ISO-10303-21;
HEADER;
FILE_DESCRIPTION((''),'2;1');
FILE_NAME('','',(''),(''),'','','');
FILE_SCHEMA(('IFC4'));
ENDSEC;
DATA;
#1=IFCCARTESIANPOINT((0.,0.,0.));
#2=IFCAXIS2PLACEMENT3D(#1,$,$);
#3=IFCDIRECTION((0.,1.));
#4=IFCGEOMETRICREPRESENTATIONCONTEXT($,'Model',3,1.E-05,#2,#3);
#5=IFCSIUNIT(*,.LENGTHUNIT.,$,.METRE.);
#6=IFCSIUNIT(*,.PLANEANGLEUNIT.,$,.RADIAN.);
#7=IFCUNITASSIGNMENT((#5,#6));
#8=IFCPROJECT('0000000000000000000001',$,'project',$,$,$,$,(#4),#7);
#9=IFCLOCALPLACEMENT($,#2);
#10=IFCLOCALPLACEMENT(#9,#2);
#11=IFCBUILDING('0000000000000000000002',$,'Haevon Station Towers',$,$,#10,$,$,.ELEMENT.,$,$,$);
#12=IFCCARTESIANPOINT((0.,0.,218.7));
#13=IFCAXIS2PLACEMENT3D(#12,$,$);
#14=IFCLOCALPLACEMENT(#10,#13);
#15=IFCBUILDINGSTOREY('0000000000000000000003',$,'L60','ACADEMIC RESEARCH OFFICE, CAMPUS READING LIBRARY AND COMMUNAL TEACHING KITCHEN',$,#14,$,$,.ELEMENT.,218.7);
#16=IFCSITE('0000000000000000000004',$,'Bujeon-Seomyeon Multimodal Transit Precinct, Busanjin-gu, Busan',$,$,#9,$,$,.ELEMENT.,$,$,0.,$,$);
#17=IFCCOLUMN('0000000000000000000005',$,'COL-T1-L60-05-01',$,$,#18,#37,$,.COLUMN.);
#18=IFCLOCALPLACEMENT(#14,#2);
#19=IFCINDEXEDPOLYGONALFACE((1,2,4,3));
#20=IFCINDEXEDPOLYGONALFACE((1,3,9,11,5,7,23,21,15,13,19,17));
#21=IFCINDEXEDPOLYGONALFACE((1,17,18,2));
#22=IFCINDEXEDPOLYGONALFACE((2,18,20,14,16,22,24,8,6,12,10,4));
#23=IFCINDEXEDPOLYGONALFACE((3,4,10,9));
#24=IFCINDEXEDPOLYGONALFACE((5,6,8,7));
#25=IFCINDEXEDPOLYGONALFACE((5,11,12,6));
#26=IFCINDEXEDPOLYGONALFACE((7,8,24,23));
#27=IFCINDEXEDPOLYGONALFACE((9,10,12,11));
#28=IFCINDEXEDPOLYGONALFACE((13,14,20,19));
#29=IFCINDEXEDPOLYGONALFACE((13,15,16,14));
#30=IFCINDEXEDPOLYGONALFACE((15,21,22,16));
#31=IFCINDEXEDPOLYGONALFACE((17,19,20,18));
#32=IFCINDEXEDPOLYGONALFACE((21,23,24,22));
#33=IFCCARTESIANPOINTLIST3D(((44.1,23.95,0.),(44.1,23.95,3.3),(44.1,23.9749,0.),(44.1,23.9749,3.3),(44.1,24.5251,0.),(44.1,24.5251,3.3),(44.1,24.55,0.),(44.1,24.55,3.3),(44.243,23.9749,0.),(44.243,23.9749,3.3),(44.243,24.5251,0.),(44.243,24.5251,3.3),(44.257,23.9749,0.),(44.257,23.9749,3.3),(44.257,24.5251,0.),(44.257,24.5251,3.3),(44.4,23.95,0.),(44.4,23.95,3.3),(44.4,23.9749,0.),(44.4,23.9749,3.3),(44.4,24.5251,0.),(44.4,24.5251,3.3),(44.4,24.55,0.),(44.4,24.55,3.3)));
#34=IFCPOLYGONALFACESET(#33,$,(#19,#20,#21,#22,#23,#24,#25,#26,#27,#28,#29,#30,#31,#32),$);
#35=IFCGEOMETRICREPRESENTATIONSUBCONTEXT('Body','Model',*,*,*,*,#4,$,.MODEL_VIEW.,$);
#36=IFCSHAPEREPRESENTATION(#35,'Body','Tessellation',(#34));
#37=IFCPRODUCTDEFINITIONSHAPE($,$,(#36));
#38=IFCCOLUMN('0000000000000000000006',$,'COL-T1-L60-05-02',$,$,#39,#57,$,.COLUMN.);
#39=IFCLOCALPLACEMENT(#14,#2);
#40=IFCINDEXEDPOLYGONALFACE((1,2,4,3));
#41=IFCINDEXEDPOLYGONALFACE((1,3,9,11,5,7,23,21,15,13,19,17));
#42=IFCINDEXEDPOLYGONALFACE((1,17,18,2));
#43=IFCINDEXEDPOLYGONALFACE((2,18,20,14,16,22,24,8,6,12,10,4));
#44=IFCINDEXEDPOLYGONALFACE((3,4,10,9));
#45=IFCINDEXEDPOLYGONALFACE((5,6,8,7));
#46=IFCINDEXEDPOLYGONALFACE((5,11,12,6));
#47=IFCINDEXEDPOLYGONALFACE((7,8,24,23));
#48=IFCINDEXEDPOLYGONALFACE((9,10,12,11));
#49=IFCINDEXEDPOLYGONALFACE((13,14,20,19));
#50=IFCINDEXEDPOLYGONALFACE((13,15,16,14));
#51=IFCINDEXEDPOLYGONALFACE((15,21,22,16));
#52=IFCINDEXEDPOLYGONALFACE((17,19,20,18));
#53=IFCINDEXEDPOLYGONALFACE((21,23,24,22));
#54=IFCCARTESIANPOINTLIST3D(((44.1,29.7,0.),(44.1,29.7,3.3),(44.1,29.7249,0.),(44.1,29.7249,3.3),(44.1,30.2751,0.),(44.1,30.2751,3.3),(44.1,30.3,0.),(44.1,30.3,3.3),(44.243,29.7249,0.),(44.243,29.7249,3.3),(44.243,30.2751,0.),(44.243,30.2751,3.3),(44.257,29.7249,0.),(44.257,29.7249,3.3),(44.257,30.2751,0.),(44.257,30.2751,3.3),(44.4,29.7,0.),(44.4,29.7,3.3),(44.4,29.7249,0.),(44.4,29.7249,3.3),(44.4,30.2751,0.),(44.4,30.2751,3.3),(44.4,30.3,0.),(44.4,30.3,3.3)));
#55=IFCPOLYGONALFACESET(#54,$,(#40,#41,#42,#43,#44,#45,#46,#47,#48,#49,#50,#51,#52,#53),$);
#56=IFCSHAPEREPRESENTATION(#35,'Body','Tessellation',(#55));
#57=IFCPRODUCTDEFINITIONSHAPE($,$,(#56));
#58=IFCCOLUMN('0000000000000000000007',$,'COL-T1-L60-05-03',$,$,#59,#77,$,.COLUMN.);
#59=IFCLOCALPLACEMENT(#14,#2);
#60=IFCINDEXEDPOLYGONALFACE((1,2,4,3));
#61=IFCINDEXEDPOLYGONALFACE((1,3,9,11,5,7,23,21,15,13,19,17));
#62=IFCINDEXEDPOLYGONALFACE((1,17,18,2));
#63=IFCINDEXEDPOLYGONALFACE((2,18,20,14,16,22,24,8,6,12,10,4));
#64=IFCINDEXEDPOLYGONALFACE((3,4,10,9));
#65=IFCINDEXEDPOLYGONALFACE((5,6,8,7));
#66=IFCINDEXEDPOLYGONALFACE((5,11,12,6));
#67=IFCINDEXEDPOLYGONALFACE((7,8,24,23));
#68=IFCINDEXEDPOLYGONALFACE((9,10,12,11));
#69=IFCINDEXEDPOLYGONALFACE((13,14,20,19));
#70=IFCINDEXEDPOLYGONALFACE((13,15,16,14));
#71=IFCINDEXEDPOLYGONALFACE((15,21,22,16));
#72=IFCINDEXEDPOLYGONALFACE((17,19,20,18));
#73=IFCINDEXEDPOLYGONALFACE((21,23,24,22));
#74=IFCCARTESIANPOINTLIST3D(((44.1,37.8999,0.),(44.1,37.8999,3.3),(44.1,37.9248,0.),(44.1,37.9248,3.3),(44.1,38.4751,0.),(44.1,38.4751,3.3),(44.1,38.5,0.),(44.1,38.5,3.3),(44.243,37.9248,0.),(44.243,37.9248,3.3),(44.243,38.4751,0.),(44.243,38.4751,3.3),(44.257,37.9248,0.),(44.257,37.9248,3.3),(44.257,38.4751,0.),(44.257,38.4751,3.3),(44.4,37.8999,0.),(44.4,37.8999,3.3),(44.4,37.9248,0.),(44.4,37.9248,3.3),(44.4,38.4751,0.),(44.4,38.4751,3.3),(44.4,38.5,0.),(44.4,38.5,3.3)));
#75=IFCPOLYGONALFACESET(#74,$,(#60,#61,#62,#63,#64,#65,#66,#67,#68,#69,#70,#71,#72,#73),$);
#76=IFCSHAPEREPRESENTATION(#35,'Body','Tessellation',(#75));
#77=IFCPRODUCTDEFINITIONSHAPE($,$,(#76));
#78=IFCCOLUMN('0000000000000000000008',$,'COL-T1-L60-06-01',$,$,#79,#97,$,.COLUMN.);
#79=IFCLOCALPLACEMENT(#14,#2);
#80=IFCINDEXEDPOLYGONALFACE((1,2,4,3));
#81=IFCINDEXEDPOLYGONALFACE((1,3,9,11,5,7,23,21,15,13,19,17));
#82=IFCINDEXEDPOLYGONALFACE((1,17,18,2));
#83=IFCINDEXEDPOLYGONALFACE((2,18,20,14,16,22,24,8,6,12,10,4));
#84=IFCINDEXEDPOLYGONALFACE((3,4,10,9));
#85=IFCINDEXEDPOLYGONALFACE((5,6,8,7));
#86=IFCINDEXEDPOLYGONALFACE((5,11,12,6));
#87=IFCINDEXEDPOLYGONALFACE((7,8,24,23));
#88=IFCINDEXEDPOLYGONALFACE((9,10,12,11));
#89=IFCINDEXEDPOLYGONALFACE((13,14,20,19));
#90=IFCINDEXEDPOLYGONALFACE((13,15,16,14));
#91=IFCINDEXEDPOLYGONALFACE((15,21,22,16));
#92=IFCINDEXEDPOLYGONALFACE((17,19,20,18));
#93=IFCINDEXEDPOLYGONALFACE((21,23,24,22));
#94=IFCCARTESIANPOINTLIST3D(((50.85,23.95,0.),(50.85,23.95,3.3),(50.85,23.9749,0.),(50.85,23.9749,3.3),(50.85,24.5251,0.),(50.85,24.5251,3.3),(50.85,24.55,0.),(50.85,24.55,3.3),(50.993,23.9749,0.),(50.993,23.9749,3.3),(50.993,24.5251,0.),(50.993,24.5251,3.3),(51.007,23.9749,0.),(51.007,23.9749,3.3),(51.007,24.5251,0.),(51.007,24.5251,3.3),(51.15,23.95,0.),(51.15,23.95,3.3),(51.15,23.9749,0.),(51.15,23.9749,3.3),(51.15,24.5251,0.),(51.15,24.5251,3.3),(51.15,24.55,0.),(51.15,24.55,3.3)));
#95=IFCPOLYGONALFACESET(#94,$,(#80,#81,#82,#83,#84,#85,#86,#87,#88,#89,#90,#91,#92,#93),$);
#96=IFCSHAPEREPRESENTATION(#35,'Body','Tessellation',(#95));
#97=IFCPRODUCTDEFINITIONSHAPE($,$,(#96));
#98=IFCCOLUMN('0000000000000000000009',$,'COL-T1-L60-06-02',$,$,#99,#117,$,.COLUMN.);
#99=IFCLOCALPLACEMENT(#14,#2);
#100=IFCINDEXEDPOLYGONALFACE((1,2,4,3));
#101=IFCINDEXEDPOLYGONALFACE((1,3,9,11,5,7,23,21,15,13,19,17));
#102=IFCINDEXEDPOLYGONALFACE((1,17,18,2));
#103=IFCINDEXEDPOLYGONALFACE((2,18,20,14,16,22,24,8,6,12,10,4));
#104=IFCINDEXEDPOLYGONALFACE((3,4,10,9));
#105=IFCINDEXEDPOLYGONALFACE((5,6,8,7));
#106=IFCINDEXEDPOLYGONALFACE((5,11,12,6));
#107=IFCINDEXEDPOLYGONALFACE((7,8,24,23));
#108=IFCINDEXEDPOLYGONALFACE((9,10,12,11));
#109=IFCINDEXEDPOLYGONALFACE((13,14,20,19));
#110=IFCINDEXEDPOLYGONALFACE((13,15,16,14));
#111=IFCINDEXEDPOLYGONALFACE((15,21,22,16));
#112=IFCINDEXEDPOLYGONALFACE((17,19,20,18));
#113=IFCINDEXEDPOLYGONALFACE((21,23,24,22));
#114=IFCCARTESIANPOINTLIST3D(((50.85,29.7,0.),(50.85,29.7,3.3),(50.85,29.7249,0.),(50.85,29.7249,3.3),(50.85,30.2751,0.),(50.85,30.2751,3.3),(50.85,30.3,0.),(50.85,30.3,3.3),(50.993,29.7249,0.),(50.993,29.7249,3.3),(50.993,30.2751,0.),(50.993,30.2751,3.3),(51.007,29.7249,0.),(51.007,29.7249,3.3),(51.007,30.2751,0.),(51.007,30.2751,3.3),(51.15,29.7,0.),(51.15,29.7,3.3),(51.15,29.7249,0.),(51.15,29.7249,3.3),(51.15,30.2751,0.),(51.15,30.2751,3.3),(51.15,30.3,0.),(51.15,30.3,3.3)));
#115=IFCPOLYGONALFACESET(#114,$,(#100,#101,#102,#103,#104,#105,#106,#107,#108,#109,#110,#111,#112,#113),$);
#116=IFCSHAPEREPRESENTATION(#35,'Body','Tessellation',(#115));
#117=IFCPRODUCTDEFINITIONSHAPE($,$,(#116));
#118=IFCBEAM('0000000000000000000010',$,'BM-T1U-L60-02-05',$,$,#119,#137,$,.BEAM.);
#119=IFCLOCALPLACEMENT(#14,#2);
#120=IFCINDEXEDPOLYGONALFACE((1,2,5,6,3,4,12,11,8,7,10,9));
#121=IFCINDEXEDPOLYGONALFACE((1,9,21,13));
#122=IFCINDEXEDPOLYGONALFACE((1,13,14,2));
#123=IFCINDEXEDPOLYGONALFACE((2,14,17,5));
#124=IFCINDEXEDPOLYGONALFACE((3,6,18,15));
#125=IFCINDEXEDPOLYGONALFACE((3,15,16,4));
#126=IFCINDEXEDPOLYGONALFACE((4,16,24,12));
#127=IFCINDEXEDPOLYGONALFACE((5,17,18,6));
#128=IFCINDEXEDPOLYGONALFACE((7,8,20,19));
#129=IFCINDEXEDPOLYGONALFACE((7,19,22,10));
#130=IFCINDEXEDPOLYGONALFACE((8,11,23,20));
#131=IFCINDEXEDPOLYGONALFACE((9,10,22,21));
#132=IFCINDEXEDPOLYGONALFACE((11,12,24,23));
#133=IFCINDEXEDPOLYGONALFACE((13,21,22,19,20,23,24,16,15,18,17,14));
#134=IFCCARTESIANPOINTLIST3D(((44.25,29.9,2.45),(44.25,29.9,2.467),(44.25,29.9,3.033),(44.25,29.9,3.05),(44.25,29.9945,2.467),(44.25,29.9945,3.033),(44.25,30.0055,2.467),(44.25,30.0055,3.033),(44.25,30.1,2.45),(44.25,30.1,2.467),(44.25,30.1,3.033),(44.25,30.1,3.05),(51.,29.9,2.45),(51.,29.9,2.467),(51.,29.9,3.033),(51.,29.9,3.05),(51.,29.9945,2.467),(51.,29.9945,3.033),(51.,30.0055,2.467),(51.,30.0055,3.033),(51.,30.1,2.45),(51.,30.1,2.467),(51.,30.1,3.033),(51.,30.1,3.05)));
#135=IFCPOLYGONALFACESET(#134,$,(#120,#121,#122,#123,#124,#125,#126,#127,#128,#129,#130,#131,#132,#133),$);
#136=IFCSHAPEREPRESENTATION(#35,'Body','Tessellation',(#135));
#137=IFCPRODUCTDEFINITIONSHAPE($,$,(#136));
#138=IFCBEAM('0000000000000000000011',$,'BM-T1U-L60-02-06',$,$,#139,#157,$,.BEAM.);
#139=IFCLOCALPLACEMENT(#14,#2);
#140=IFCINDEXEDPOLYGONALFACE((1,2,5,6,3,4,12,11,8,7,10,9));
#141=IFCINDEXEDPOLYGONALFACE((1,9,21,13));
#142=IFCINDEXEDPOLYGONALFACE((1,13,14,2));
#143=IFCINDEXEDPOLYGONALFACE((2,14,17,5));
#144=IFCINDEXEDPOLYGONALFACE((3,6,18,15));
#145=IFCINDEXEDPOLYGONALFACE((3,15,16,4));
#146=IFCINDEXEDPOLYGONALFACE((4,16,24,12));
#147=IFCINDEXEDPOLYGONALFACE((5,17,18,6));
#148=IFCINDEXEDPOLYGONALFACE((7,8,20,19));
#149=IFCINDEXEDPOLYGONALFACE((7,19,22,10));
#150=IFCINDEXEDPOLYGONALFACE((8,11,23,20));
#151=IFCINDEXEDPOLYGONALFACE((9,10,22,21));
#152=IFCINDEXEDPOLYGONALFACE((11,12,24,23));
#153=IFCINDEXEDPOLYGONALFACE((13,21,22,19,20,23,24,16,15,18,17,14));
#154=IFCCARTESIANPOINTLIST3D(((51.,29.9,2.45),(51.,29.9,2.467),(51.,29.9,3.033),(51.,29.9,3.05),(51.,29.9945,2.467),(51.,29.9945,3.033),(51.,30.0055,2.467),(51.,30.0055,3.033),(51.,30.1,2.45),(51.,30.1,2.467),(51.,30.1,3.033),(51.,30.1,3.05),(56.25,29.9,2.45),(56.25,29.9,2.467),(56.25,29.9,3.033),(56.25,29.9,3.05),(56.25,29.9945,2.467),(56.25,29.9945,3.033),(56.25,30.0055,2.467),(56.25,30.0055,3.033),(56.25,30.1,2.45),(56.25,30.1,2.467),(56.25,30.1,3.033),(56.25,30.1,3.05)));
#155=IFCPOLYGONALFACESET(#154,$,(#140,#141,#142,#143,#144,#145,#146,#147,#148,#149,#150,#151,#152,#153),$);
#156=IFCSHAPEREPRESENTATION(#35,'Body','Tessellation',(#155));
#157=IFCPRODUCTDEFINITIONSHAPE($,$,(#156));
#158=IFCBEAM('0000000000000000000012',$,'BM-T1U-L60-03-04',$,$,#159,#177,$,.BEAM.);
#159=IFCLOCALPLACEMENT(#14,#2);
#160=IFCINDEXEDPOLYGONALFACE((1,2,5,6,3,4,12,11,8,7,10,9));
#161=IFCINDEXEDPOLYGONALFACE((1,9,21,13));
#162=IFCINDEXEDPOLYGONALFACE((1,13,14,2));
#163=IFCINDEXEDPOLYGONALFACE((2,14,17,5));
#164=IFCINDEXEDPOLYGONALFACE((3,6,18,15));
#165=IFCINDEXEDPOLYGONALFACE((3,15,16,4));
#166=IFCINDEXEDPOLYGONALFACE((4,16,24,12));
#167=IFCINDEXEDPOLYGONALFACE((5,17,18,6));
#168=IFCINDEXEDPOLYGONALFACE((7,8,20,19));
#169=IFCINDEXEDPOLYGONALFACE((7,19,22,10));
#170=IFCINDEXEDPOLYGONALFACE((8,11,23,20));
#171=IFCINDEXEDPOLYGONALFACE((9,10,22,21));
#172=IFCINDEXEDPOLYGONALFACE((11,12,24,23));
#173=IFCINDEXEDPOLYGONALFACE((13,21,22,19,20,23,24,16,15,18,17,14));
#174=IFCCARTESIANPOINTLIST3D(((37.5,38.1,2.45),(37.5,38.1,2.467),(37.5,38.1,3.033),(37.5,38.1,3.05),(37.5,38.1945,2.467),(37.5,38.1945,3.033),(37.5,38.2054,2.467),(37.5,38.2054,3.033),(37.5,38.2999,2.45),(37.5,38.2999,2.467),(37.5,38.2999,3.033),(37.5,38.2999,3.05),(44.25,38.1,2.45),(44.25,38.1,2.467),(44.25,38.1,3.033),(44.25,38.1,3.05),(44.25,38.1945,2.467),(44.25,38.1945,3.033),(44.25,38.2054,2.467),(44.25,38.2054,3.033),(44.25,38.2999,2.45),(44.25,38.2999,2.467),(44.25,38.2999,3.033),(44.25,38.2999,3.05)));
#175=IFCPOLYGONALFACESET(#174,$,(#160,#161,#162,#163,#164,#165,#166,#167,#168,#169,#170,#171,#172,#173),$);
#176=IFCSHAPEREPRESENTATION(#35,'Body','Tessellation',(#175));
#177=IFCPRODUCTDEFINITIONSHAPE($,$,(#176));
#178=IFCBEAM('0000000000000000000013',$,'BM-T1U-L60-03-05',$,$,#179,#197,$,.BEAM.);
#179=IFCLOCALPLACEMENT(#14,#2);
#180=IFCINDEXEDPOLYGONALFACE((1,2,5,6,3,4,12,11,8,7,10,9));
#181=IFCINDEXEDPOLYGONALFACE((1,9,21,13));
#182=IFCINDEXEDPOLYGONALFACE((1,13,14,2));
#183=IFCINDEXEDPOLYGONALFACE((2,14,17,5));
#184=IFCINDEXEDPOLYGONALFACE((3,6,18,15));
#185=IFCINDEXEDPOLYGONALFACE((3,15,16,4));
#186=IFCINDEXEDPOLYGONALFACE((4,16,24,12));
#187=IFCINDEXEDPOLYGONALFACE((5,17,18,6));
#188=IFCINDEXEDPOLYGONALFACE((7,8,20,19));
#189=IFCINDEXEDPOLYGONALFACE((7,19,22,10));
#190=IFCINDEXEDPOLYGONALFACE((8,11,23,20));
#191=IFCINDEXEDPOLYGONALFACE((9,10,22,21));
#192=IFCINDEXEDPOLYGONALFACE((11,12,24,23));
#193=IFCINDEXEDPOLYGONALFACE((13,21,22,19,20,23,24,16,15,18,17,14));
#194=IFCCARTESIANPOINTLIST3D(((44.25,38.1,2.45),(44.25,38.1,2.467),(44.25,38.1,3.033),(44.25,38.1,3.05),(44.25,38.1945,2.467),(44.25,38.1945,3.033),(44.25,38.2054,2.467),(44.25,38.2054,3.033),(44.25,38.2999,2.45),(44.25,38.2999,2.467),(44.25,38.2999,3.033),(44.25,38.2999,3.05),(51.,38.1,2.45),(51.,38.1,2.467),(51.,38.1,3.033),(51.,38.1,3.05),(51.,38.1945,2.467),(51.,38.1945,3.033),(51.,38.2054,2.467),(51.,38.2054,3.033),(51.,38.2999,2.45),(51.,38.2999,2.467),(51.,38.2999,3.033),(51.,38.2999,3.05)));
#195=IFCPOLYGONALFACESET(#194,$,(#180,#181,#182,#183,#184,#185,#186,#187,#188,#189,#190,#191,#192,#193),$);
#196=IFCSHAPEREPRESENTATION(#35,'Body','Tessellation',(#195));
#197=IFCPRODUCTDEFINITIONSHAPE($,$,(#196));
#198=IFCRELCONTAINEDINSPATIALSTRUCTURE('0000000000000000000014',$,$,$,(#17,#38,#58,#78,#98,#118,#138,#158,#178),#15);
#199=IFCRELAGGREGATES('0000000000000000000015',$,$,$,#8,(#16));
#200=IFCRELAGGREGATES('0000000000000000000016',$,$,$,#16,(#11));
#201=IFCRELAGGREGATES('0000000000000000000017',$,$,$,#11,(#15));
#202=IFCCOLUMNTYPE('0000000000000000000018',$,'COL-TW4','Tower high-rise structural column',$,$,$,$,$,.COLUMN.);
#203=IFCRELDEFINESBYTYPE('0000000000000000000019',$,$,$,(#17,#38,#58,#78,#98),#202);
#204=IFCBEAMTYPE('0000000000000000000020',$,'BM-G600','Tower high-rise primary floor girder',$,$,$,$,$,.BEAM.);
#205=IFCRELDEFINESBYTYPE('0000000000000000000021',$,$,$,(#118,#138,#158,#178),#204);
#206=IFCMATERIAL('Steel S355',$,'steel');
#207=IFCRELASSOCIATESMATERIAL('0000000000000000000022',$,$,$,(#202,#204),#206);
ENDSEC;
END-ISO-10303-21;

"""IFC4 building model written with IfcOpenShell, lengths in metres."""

from ifc_helpers import new_model, si_unit, direction, frame, origin, origin_2d, place, context, subcontext, project, spatial, i_section, extrude, material, material_profile, profile_set, type_object, element, save


model = new_model("IFC4")

# Units and contexts
model_context = context("Model", 3, precision=1e-05, world=origin(), true_north=direction((0.0, 1.0)))
body_context = subcontext(model_context, "Body", "Model", "MODEL_VIEW")
ifc_project = project(units=[si_unit("LENGTHUNIT", "METRE"), si_unit("PLANEANGLEUNIT", "RADIAN")], contexts=[model_context])

# Site, building, storey
site_placement = place(None, origin())
site = spatial("IfcSite", under=ifc_project, at=site_placement, Name="Bujeon-Seomyeon Multimodal Transit Precinct, Busanjin-gu, Busan", CompositionType="ELEMENT", RefElevation=0.0)
building_placement = place(site_placement, origin())
building = spatial("IfcBuilding", under=site, at=building_placement, Name="Haevon Station Towers", CompositionType="ELEMENT")
storey_placement = place(building_placement, frame((0.0, 0.0, 218.7)))
storey = spatial("IfcBuildingStorey", under=building, at=storey_placement, Name="L60", Description="ACADEMIC RESEARCH OFFICE, CAMPUS READING LIBRARY AND COMMUNAL TEACHING KITCHEN", CompositionType="ELEMENT", Elevation=218.7)

# Columns
ifc_material_1 = material(Name="Steel S355", Category="steel")
ifc_material_profile_1 = material_profile(ifc_material_1, i_section(OverallWidth=0.3, OverallDepth=0.6001, WebThickness=0.0139, FlangeThickness=0.0249, at=origin_2d()), Name="H-600x300x14x25")
ifc_profile_set_1 = profile_set([ifc_material_profile_1], Name="Steel S355")
column_type = type_object("IfcColumnType", Name="COL-TW4", Description="Tower high-rise structural column", PredefinedType="COLUMN", material=ifc_profile_set_1)
for number, where, z_axis, x_axis, name in (
    (1, (44.25, 24.25, 0.0), (0.0, 0.0, 1.0), (1.0, 0.0, 0.0), "COL-T1-L60-05-01"),
    (2, (44.25, 30.0, 0.0), (0.0, 0.0, 1.0), (1.0, 0.0, 0.0), "COL-T1-L60-05-02"),
    (3, (44.25, 38.2, 0.0), (0.0, 0.0, 1.0), (1.0, 0.0, 0.0), "COL-T1-L60-05-03"),
    (4, (51.0, 24.25, 0.0), (0.0, 0.0, 1.0), (1.0, 0.0, 0.0), "COL-T1-L60-06-01"),
    (5, (51.0, 30.0, 0.0), (0.0, 0.0, 1.0), (1.0, 0.0, 0.0), "COL-T1-L60-06-02"),
):
    element("IfcColumn", number, at=place(storey_placement, frame(where, z_axis=z_axis, x_axis=x_axis)), inside=storey, type_object=column_type, Name=name, PredefinedType="COLUMN", context=body_context, shape_type="SweptSolid", body=[
        extrude(i_section(OverallWidth=0.3, OverallDepth=0.6001, WebThickness=0.0139, FlangeThickness=0.0249, at=origin_2d()), origin(), (0.0, 0.0, 1.0), 3.3),
    ])

# Beams
ifc_material_profile_2 = material_profile(ifc_material_1, i_section(OverallWidth=0.2, OverallDepth=0.6001, WebThickness=0.011, FlangeThickness=0.0171, at=origin_2d()), Name="H-600x200x11x17")
ifc_profile_set_2 = profile_set([ifc_material_profile_2], Name="Steel S355")
beam_type_1 = type_object("IfcBeamType", Name="BM-G600", Description="Tower high-rise primary floor girder", PredefinedType="BEAM", material=ifc_profile_set_2)
beam_1_placement = place(storey_placement, frame((44.25, 30.0, 2.75), z_axis=(1.0, 0.0, 0.0), x_axis=(0.0, 1.0, 0.0)))
element("IfcBeam", 6, at=beam_1_placement, inside=storey, type_object=beam_type_1, Name="BM-T1U-L60-02-05", PredefinedType="BEAM", context=body_context, shape_type="SweptSolid", body=[
    extrude(i_section(OverallWidth=0.2, OverallDepth=0.6001, WebThickness=0.011, FlangeThickness=0.0171, at=origin_2d()), origin(), (0.0, 0.0, 1.0), 6.75),
])
beam_2_placement = place(storey_placement, frame((51.0, 30.0, 2.75), z_axis=(1.0, 0.0, 0.0), x_axis=(0.0, 1.0, 0.0)))
element("IfcBeam", 7, at=beam_2_placement, inside=storey, type_object=beam_type_1, Name="BM-T1U-L60-02-06", PredefinedType="BEAM", context=body_context, shape_type="SweptSolid", body=[
    extrude(i_section(OverallWidth=0.2, OverallDepth=0.6001, WebThickness=0.011, FlangeThickness=0.0171, at=origin_2d()), origin(), (0.0, 0.0, 1.0), 5.25),
])
for number, where, z_axis, x_axis, name in (
    (8, (37.5, 38.2, 2.75), (1.0, 0.0, 0.0), (0.0, 1.0, 0.0), "BM-T1U-L60-03-04"),
    (9, (44.25, 38.2, 2.75), (1.0, 0.0, 0.0), (0.0, 1.0, 0.0), "BM-T1U-L60-03-05"),
):
    element("IfcBeam", number, at=place(storey_placement, frame(where, z_axis=z_axis, x_axis=x_axis)), inside=storey, type_object=beam_type_1, Name=name, PredefinedType="BEAM", context=body_context, shape_type="SweptSolid", body=[
        extrude(i_section(OverallWidth=0.2, OverallDepth=0.6001, WebThickness=0.011, FlangeThickness=0.0171, at=origin_2d()), origin(), (0.0, 0.0, 1.0), 6.75),
    ])

save(model, "model.ifc")
